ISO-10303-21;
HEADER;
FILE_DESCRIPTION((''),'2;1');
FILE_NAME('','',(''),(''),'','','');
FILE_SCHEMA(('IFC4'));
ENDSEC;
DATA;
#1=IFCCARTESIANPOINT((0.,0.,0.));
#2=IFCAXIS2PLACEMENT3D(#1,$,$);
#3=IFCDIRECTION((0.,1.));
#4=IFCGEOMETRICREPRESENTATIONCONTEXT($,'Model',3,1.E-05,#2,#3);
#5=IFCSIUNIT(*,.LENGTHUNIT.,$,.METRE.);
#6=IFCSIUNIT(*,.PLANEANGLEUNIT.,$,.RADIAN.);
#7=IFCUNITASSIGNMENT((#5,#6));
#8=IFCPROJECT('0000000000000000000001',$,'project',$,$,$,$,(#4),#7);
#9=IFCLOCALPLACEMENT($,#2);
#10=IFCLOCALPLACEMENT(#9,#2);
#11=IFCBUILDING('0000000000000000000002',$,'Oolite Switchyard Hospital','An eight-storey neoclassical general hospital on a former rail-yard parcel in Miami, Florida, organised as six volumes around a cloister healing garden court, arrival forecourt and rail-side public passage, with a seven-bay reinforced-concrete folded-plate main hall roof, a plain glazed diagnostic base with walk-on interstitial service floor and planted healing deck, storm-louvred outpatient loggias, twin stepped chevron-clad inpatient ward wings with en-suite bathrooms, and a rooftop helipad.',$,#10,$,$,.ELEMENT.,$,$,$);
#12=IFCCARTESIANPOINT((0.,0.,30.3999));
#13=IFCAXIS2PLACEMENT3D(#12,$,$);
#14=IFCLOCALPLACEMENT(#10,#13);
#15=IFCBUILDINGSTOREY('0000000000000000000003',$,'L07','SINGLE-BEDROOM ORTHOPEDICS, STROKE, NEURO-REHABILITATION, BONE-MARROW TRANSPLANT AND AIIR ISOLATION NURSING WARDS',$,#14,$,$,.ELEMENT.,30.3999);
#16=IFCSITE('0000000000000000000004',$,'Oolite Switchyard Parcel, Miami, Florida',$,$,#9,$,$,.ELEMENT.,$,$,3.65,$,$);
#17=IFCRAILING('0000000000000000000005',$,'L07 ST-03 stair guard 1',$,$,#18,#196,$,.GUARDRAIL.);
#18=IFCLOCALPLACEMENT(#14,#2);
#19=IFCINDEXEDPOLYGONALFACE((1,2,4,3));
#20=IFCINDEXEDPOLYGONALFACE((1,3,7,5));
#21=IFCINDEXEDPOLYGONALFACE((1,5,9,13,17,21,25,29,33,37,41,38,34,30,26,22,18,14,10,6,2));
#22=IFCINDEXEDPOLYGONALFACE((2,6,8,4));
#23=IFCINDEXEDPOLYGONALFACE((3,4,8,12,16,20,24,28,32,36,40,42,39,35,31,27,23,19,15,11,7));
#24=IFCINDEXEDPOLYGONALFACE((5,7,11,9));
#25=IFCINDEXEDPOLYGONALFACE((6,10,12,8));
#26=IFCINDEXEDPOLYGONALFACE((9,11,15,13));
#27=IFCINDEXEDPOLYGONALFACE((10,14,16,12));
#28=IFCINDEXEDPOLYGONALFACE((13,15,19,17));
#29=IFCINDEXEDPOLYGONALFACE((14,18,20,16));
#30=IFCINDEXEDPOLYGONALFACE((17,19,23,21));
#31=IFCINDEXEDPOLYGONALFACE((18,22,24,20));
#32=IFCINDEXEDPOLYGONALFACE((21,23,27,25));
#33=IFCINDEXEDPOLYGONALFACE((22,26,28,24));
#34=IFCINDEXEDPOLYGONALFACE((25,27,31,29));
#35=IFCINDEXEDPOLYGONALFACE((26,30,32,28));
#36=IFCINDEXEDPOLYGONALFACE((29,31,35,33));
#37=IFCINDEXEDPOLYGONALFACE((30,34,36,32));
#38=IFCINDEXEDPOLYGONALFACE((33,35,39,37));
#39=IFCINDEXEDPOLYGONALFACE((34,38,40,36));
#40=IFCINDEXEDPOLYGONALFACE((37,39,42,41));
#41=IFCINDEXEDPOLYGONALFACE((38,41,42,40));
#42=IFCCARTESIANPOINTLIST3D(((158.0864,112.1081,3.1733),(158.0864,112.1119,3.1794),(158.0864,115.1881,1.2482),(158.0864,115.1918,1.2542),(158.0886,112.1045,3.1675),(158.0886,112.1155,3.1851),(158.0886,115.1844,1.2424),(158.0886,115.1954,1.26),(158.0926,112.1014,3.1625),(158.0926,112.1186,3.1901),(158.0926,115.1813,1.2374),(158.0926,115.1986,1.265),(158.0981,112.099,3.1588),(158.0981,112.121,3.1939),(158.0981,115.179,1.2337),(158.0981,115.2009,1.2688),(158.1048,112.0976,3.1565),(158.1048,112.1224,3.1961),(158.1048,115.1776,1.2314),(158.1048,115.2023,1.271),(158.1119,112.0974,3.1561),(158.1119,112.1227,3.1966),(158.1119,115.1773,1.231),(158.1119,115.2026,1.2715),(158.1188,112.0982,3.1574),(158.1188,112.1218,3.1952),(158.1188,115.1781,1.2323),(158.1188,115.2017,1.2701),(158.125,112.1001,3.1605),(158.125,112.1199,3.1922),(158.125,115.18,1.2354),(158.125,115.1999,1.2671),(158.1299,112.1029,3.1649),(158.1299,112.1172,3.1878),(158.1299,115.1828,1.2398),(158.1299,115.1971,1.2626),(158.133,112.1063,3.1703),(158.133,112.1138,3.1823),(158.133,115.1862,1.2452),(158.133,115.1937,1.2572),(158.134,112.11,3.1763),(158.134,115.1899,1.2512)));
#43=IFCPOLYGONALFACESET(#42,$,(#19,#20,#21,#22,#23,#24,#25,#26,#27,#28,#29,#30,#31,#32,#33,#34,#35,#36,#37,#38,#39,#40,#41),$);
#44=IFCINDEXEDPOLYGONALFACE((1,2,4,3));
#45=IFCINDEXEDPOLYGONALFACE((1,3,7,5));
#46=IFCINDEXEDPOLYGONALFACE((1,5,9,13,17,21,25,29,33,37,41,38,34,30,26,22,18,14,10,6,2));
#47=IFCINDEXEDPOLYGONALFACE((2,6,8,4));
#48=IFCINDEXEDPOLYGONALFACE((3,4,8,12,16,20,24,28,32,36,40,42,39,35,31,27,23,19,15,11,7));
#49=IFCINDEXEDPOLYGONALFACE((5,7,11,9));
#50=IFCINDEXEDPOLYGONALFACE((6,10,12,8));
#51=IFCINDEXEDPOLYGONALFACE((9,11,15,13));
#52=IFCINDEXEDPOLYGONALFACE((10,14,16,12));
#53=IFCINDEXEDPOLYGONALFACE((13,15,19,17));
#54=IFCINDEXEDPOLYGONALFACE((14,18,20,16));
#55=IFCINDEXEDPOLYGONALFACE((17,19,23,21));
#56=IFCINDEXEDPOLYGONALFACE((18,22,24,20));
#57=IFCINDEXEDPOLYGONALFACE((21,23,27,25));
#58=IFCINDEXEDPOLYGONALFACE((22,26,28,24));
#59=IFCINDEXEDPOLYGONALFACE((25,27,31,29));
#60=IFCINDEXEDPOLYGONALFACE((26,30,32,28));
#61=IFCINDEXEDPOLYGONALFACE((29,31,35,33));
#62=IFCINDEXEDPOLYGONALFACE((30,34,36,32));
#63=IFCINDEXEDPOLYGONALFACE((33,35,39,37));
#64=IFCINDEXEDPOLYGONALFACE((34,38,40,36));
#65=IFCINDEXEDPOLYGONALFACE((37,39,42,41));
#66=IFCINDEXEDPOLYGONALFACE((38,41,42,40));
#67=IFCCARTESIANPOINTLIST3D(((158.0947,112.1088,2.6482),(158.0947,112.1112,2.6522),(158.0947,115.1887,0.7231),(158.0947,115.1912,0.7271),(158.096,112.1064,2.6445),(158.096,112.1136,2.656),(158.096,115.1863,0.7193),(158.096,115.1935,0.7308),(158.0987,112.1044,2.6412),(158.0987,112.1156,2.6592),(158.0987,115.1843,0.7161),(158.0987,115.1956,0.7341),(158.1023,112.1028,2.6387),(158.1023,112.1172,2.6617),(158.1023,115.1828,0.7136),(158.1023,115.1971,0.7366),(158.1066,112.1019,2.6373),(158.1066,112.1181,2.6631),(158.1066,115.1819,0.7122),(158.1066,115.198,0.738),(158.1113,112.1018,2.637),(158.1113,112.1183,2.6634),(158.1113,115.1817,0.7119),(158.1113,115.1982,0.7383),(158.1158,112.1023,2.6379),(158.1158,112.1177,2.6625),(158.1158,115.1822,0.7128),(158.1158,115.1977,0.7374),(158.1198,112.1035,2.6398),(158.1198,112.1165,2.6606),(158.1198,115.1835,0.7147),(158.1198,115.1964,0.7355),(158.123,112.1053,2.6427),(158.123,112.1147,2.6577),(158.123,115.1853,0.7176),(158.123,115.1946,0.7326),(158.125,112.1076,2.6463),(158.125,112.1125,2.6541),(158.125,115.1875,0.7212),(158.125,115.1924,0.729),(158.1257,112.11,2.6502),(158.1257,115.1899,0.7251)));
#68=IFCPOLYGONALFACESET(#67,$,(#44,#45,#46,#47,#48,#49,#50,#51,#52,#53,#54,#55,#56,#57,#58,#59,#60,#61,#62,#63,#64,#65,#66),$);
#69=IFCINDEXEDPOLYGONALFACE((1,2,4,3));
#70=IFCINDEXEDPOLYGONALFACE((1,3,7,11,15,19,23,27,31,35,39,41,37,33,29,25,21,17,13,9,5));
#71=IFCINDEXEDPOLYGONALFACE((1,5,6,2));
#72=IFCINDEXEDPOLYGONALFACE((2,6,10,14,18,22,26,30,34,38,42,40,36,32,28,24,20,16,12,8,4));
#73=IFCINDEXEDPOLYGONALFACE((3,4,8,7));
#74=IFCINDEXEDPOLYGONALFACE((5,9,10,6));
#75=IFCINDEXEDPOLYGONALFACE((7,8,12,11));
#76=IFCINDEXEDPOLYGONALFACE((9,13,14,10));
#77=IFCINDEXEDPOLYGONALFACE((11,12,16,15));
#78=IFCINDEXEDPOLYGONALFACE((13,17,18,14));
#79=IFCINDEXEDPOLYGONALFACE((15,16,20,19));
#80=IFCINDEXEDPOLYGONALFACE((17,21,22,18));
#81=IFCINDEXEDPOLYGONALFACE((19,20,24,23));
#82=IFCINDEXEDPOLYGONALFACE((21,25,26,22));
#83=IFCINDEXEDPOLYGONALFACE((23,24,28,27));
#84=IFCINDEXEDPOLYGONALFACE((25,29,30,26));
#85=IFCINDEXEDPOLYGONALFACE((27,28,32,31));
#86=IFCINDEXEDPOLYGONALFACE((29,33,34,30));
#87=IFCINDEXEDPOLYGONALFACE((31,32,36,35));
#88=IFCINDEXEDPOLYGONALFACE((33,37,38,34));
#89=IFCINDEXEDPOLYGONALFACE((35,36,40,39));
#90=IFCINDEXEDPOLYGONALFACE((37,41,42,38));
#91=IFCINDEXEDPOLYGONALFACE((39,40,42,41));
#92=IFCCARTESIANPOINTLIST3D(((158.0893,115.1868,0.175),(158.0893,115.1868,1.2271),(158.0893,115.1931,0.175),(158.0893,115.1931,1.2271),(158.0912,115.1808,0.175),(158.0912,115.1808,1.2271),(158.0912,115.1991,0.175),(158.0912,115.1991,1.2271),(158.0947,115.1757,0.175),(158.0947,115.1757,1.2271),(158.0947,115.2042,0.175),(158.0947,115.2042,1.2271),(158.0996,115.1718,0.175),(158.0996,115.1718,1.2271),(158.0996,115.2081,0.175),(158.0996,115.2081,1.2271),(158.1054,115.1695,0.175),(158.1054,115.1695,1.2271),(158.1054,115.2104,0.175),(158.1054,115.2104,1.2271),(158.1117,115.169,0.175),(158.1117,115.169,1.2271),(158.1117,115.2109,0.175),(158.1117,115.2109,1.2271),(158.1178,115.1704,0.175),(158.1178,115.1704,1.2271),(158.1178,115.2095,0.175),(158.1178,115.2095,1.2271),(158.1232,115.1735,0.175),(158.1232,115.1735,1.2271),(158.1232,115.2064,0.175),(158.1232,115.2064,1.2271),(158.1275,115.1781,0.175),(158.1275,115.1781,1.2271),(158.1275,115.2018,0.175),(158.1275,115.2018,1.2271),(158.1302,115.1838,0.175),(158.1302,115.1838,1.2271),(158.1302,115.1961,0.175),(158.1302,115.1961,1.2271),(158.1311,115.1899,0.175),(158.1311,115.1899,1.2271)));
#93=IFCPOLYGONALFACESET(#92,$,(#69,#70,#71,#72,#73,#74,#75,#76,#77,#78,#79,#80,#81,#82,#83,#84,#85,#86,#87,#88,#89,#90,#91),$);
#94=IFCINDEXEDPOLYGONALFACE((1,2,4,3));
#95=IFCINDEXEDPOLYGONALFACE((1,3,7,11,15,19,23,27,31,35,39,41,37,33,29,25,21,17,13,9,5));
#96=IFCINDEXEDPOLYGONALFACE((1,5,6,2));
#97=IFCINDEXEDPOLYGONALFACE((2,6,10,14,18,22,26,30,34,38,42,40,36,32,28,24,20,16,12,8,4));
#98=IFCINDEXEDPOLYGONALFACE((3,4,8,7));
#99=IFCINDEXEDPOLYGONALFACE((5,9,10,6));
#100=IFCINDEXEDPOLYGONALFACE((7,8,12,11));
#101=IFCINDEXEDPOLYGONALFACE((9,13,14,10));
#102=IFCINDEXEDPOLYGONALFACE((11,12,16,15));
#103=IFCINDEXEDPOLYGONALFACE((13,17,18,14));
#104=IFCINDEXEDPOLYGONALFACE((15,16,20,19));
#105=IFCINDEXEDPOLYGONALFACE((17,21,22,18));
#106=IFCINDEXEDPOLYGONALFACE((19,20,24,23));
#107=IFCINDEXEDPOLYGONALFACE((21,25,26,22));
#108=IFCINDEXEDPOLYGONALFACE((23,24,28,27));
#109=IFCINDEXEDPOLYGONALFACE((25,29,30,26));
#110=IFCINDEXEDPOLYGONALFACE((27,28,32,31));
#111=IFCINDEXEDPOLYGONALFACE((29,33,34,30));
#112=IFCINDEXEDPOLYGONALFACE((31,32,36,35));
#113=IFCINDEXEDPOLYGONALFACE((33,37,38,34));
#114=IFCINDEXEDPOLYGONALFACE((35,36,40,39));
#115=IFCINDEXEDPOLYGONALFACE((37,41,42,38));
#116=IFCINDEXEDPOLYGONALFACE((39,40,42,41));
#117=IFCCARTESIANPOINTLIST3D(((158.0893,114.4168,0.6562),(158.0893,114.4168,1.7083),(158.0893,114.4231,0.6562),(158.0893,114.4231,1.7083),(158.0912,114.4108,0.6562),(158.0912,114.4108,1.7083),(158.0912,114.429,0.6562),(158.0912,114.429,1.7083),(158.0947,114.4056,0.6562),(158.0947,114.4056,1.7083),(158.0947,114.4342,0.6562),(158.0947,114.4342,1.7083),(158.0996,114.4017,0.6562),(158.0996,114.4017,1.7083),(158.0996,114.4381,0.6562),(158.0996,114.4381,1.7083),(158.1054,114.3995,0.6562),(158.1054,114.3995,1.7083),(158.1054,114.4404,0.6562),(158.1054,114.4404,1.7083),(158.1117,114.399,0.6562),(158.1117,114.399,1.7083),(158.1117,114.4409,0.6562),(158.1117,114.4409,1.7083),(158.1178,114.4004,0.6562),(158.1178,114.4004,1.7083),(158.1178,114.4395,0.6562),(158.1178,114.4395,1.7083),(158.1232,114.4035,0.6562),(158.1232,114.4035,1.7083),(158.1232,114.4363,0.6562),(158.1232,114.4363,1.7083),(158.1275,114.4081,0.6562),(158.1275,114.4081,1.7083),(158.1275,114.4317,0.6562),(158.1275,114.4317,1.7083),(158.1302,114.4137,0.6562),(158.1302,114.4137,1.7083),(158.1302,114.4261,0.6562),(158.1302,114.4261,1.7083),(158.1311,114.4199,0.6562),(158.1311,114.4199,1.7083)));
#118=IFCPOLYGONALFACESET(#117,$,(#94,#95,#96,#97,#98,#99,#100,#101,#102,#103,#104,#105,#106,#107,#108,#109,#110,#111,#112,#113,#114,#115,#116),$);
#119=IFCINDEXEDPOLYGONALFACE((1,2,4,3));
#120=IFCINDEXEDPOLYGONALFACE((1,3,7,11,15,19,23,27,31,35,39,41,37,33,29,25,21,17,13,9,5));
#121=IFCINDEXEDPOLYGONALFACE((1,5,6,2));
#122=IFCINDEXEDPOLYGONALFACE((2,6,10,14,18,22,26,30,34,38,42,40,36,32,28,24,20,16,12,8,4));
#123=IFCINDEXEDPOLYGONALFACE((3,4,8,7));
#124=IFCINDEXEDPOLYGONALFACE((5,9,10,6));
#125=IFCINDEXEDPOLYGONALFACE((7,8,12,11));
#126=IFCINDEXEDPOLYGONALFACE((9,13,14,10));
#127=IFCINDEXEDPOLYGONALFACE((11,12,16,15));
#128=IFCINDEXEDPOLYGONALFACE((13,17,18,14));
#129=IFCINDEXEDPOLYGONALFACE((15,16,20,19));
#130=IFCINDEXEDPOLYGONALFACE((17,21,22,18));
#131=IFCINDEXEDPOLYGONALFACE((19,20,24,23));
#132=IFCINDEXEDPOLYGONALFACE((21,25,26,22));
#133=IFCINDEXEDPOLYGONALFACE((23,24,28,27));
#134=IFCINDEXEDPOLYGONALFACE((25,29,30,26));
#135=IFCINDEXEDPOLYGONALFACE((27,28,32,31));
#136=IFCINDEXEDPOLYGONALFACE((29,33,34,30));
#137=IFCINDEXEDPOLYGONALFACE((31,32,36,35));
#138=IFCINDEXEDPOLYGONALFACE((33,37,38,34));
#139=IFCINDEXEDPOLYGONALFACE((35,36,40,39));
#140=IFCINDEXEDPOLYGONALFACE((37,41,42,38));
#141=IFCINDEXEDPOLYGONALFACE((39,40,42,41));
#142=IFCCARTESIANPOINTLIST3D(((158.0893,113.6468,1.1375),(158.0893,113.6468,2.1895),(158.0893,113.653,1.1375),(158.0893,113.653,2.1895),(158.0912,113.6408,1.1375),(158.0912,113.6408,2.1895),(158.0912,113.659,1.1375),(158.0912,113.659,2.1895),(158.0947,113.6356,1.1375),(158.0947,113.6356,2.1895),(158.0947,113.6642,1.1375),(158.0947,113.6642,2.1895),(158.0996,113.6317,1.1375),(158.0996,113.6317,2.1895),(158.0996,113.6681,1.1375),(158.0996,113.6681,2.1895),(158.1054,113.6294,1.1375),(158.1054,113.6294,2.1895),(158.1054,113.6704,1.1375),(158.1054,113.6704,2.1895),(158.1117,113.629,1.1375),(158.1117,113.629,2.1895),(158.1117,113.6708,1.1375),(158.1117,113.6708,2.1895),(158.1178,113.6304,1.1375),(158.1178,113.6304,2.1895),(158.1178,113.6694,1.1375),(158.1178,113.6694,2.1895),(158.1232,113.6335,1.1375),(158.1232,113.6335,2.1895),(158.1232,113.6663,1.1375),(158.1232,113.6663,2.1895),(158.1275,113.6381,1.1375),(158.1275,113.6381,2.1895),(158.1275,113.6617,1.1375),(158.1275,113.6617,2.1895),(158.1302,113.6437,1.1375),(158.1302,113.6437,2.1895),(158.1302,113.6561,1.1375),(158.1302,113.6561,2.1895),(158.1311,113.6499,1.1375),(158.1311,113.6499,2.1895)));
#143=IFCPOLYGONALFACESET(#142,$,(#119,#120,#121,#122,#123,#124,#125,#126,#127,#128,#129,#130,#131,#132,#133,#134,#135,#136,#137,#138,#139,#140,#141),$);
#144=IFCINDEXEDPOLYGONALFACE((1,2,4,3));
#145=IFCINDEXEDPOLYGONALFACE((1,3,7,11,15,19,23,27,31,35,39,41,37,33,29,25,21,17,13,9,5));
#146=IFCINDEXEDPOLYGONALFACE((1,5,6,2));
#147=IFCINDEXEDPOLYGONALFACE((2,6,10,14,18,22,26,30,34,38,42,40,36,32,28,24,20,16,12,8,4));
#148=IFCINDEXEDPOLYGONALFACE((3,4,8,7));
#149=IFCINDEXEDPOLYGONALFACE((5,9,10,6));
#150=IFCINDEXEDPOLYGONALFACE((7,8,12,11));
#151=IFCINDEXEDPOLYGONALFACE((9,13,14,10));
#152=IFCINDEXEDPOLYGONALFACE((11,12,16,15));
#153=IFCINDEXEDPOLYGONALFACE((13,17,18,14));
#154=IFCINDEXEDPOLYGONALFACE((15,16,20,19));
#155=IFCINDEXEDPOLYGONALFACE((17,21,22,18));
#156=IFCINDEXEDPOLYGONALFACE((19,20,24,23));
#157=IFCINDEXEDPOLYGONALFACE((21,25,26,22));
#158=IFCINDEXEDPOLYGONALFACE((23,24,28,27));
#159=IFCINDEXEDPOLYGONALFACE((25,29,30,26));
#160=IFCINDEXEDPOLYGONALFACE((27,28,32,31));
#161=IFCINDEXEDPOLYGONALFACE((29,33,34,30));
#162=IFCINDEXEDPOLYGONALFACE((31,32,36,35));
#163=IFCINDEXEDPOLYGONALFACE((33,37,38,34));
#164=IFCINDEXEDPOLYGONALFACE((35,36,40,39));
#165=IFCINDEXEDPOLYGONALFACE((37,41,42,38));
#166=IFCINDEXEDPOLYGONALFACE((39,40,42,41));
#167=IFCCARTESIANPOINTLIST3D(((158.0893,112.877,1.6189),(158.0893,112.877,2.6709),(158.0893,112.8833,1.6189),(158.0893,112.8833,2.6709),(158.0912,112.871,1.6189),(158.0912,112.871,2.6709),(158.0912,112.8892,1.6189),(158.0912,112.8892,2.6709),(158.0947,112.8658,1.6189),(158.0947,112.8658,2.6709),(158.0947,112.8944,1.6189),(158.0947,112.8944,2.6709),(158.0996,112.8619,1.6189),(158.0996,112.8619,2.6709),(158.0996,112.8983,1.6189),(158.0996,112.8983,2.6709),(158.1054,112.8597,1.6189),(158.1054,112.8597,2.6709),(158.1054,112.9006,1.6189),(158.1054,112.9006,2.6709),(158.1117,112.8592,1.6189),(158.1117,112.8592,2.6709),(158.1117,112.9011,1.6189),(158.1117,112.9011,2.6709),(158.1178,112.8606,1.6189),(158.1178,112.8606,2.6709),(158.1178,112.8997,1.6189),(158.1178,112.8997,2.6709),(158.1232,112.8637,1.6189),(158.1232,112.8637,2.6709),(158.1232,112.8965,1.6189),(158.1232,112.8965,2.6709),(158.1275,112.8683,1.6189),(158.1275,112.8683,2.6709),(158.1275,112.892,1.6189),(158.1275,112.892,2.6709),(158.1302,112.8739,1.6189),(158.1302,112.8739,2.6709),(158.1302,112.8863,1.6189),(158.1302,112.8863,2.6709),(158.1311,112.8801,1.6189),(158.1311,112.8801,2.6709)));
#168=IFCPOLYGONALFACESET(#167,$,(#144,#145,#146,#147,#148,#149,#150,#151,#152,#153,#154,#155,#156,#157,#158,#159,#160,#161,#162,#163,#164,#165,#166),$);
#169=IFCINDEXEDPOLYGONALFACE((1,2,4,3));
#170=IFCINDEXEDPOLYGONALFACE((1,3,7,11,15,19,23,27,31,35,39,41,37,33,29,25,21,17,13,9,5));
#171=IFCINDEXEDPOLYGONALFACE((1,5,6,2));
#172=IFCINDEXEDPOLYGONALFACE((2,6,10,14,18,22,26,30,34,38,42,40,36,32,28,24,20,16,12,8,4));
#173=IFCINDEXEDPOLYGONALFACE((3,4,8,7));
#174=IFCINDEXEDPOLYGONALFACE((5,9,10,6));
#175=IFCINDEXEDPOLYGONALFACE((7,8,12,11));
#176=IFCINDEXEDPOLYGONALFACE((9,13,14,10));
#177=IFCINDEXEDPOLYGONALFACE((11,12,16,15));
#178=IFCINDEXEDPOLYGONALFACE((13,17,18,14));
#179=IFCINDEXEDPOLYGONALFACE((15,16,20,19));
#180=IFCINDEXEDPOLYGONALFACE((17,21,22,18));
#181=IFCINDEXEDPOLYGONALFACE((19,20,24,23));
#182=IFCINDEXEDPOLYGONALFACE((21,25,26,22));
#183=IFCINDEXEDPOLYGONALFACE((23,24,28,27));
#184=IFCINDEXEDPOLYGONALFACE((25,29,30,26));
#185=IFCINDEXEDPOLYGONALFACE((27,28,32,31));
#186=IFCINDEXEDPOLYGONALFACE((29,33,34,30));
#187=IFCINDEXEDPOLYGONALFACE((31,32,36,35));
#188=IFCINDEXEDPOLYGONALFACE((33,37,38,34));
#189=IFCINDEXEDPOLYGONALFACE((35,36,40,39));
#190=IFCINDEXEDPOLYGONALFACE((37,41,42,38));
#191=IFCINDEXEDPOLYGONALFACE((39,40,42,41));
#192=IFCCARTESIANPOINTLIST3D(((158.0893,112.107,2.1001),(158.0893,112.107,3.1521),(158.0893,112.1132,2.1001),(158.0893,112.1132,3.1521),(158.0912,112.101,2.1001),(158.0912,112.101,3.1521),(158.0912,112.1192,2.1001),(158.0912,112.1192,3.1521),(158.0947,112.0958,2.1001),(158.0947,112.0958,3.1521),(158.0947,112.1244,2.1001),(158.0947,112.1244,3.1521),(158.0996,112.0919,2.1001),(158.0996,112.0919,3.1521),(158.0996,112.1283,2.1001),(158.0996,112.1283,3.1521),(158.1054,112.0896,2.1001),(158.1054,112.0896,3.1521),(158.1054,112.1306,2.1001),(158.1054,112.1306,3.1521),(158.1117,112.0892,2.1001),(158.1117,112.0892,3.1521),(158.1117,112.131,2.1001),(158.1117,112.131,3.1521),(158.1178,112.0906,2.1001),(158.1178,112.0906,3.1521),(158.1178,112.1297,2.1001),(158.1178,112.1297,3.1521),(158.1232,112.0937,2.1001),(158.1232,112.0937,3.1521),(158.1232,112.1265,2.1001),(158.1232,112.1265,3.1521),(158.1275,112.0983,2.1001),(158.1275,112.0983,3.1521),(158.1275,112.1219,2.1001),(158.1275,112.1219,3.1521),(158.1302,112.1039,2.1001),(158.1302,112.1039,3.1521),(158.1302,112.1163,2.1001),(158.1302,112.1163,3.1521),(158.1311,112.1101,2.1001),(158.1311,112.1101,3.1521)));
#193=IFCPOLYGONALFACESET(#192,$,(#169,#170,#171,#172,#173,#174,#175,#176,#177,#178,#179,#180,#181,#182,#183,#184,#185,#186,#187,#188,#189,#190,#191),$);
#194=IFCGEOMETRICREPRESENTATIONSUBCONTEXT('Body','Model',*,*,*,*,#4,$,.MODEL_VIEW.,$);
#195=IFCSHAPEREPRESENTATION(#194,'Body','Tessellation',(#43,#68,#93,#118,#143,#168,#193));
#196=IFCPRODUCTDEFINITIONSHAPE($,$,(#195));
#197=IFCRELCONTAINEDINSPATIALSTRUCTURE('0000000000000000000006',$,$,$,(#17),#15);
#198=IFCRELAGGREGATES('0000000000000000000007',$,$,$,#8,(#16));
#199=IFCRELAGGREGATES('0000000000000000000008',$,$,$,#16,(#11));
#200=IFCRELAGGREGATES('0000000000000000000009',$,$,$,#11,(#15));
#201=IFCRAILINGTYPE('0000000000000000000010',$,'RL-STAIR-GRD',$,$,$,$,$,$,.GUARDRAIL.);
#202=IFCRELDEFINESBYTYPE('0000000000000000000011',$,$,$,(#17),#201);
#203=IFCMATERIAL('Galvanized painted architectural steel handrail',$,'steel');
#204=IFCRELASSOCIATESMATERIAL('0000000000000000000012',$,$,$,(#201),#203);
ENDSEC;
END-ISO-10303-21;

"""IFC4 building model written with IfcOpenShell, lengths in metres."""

from ifc_helpers import new_model, si_unit, direction, frame, origin, origin_2d, place, context, subcontext, project, spatial, circle, extrude, material, type_object, element, save


model = new_model("IFC4")

# Units and contexts
model_context = context("Model", 3, precision=1e-05, world=origin(), true_north=direction((0.0, 1.0)))
body_context = subcontext(model_context, "Body", "Model", "MODEL_VIEW")
ifc_project = project(units=[si_unit("LENGTHUNIT", "METRE"), si_unit("PLANEANGLEUNIT", "RADIAN")], contexts=[model_context])

# Site, building, storey
site_placement = place(None, origin())
site = spatial("IfcSite", under=ifc_project, at=site_placement, Name="Oolite Switchyard Parcel, Miami, Florida", CompositionType="ELEMENT", RefElevation=3.65)
building_placement = place(site_placement, origin())
building = spatial("IfcBuilding", under=site, at=building_placement, Name="Oolite Switchyard Hospital", Description="An eight-storey neoclassical general hospital on a former rail-yard parcel in Miami, Florida, organised as six volumes around a cloister healing garden court, arrival forecourt and rail-side public passage, with a seven-bay reinforced-concrete folded-plate main hall roof, a plain glazed diagnostic base with walk-on interstitial service floor and planted healing deck, storm-louvred outpatient loggias, twin stepped chevron-clad inpatient ward wings with en-suite bathrooms, and a rooftop helipad.", CompositionType="ELEMENT")
storey_placement = place(building_placement, frame((0.0, 0.0, 30.3999)))
storey = spatial("IfcBuildingStorey", under=building, at=storey_placement, Name="L07", Description="SINGLE-BEDROOM ORTHOPEDICS, STROKE, NEURO-REHABILITATION, BONE-MARROW TRANSPLANT AND AIIR ISOLATION NURSING WARDS", CompositionType="ELEMENT", Elevation=30.3999)

# Railing
ifc_material_1 = material(Name="Galvanized painted architectural steel handrail", Category="steel")
railing_type_1 = type_object("IfcRailingType", Name="RL-STAIR-GRD", PredefinedType="GUARDRAIL", material=ifc_material_1)
railing_1_placement = place(storey_placement, frame((158.1101, 115.1899, 0.175)))
element("IfcRailing", 1, at=railing_1_placement, inside=storey, type_object=railing_type_1, Name="L07 ST-03 stair guard 1", PredefinedType="GUARDRAIL", context=body_context, shape_type="SweptSolid", body=[
    extrude(circle(Radius=0.0239, at=origin_2d()), frame((0.0, 0.0, 1.0762), z_axis=(0.0, -0.847979, 0.530029), x_axis=(1.0, 0.0, 0.0)), (0.0, 0.0, 1.0), 3.6321),
    extrude(circle(Radius=0.0156, at=origin_2d()), frame((0.0, 0.0, 0.55), z_axis=(0.0, -0.847979, 0.530029), x_axis=(1.0, 0.0, 0.0)), (0.0, 0.0, 1.0), 3.6321),
    extrude(circle(Radius=0.021, at=origin_2d()), origin(), (0.0, 0.0, 1.0), 1.052),
    extrude(circle(Radius=0.021, at=origin_2d()), frame((0.0, -0.77, 0.4812)), (0.0, 0.0, 1.0), 1.052),
    extrude(circle(Radius=0.021, at=origin_2d()), frame((0.0, -1.54, 0.9624)), (0.0, 0.0, 1.0), 1.052),
    extrude(circle(Radius=0.021, at=origin_2d()), frame((0.0, -2.3098, 1.4438)), (0.0, 0.0, 1.0), 1.052),
    extrude(circle(Radius=0.021, at=origin_2d()), frame((0.0, -3.0798, 1.925)), (0.0, 0.0, 1.0), 1.052),
])

save(model, "model.ifc")
